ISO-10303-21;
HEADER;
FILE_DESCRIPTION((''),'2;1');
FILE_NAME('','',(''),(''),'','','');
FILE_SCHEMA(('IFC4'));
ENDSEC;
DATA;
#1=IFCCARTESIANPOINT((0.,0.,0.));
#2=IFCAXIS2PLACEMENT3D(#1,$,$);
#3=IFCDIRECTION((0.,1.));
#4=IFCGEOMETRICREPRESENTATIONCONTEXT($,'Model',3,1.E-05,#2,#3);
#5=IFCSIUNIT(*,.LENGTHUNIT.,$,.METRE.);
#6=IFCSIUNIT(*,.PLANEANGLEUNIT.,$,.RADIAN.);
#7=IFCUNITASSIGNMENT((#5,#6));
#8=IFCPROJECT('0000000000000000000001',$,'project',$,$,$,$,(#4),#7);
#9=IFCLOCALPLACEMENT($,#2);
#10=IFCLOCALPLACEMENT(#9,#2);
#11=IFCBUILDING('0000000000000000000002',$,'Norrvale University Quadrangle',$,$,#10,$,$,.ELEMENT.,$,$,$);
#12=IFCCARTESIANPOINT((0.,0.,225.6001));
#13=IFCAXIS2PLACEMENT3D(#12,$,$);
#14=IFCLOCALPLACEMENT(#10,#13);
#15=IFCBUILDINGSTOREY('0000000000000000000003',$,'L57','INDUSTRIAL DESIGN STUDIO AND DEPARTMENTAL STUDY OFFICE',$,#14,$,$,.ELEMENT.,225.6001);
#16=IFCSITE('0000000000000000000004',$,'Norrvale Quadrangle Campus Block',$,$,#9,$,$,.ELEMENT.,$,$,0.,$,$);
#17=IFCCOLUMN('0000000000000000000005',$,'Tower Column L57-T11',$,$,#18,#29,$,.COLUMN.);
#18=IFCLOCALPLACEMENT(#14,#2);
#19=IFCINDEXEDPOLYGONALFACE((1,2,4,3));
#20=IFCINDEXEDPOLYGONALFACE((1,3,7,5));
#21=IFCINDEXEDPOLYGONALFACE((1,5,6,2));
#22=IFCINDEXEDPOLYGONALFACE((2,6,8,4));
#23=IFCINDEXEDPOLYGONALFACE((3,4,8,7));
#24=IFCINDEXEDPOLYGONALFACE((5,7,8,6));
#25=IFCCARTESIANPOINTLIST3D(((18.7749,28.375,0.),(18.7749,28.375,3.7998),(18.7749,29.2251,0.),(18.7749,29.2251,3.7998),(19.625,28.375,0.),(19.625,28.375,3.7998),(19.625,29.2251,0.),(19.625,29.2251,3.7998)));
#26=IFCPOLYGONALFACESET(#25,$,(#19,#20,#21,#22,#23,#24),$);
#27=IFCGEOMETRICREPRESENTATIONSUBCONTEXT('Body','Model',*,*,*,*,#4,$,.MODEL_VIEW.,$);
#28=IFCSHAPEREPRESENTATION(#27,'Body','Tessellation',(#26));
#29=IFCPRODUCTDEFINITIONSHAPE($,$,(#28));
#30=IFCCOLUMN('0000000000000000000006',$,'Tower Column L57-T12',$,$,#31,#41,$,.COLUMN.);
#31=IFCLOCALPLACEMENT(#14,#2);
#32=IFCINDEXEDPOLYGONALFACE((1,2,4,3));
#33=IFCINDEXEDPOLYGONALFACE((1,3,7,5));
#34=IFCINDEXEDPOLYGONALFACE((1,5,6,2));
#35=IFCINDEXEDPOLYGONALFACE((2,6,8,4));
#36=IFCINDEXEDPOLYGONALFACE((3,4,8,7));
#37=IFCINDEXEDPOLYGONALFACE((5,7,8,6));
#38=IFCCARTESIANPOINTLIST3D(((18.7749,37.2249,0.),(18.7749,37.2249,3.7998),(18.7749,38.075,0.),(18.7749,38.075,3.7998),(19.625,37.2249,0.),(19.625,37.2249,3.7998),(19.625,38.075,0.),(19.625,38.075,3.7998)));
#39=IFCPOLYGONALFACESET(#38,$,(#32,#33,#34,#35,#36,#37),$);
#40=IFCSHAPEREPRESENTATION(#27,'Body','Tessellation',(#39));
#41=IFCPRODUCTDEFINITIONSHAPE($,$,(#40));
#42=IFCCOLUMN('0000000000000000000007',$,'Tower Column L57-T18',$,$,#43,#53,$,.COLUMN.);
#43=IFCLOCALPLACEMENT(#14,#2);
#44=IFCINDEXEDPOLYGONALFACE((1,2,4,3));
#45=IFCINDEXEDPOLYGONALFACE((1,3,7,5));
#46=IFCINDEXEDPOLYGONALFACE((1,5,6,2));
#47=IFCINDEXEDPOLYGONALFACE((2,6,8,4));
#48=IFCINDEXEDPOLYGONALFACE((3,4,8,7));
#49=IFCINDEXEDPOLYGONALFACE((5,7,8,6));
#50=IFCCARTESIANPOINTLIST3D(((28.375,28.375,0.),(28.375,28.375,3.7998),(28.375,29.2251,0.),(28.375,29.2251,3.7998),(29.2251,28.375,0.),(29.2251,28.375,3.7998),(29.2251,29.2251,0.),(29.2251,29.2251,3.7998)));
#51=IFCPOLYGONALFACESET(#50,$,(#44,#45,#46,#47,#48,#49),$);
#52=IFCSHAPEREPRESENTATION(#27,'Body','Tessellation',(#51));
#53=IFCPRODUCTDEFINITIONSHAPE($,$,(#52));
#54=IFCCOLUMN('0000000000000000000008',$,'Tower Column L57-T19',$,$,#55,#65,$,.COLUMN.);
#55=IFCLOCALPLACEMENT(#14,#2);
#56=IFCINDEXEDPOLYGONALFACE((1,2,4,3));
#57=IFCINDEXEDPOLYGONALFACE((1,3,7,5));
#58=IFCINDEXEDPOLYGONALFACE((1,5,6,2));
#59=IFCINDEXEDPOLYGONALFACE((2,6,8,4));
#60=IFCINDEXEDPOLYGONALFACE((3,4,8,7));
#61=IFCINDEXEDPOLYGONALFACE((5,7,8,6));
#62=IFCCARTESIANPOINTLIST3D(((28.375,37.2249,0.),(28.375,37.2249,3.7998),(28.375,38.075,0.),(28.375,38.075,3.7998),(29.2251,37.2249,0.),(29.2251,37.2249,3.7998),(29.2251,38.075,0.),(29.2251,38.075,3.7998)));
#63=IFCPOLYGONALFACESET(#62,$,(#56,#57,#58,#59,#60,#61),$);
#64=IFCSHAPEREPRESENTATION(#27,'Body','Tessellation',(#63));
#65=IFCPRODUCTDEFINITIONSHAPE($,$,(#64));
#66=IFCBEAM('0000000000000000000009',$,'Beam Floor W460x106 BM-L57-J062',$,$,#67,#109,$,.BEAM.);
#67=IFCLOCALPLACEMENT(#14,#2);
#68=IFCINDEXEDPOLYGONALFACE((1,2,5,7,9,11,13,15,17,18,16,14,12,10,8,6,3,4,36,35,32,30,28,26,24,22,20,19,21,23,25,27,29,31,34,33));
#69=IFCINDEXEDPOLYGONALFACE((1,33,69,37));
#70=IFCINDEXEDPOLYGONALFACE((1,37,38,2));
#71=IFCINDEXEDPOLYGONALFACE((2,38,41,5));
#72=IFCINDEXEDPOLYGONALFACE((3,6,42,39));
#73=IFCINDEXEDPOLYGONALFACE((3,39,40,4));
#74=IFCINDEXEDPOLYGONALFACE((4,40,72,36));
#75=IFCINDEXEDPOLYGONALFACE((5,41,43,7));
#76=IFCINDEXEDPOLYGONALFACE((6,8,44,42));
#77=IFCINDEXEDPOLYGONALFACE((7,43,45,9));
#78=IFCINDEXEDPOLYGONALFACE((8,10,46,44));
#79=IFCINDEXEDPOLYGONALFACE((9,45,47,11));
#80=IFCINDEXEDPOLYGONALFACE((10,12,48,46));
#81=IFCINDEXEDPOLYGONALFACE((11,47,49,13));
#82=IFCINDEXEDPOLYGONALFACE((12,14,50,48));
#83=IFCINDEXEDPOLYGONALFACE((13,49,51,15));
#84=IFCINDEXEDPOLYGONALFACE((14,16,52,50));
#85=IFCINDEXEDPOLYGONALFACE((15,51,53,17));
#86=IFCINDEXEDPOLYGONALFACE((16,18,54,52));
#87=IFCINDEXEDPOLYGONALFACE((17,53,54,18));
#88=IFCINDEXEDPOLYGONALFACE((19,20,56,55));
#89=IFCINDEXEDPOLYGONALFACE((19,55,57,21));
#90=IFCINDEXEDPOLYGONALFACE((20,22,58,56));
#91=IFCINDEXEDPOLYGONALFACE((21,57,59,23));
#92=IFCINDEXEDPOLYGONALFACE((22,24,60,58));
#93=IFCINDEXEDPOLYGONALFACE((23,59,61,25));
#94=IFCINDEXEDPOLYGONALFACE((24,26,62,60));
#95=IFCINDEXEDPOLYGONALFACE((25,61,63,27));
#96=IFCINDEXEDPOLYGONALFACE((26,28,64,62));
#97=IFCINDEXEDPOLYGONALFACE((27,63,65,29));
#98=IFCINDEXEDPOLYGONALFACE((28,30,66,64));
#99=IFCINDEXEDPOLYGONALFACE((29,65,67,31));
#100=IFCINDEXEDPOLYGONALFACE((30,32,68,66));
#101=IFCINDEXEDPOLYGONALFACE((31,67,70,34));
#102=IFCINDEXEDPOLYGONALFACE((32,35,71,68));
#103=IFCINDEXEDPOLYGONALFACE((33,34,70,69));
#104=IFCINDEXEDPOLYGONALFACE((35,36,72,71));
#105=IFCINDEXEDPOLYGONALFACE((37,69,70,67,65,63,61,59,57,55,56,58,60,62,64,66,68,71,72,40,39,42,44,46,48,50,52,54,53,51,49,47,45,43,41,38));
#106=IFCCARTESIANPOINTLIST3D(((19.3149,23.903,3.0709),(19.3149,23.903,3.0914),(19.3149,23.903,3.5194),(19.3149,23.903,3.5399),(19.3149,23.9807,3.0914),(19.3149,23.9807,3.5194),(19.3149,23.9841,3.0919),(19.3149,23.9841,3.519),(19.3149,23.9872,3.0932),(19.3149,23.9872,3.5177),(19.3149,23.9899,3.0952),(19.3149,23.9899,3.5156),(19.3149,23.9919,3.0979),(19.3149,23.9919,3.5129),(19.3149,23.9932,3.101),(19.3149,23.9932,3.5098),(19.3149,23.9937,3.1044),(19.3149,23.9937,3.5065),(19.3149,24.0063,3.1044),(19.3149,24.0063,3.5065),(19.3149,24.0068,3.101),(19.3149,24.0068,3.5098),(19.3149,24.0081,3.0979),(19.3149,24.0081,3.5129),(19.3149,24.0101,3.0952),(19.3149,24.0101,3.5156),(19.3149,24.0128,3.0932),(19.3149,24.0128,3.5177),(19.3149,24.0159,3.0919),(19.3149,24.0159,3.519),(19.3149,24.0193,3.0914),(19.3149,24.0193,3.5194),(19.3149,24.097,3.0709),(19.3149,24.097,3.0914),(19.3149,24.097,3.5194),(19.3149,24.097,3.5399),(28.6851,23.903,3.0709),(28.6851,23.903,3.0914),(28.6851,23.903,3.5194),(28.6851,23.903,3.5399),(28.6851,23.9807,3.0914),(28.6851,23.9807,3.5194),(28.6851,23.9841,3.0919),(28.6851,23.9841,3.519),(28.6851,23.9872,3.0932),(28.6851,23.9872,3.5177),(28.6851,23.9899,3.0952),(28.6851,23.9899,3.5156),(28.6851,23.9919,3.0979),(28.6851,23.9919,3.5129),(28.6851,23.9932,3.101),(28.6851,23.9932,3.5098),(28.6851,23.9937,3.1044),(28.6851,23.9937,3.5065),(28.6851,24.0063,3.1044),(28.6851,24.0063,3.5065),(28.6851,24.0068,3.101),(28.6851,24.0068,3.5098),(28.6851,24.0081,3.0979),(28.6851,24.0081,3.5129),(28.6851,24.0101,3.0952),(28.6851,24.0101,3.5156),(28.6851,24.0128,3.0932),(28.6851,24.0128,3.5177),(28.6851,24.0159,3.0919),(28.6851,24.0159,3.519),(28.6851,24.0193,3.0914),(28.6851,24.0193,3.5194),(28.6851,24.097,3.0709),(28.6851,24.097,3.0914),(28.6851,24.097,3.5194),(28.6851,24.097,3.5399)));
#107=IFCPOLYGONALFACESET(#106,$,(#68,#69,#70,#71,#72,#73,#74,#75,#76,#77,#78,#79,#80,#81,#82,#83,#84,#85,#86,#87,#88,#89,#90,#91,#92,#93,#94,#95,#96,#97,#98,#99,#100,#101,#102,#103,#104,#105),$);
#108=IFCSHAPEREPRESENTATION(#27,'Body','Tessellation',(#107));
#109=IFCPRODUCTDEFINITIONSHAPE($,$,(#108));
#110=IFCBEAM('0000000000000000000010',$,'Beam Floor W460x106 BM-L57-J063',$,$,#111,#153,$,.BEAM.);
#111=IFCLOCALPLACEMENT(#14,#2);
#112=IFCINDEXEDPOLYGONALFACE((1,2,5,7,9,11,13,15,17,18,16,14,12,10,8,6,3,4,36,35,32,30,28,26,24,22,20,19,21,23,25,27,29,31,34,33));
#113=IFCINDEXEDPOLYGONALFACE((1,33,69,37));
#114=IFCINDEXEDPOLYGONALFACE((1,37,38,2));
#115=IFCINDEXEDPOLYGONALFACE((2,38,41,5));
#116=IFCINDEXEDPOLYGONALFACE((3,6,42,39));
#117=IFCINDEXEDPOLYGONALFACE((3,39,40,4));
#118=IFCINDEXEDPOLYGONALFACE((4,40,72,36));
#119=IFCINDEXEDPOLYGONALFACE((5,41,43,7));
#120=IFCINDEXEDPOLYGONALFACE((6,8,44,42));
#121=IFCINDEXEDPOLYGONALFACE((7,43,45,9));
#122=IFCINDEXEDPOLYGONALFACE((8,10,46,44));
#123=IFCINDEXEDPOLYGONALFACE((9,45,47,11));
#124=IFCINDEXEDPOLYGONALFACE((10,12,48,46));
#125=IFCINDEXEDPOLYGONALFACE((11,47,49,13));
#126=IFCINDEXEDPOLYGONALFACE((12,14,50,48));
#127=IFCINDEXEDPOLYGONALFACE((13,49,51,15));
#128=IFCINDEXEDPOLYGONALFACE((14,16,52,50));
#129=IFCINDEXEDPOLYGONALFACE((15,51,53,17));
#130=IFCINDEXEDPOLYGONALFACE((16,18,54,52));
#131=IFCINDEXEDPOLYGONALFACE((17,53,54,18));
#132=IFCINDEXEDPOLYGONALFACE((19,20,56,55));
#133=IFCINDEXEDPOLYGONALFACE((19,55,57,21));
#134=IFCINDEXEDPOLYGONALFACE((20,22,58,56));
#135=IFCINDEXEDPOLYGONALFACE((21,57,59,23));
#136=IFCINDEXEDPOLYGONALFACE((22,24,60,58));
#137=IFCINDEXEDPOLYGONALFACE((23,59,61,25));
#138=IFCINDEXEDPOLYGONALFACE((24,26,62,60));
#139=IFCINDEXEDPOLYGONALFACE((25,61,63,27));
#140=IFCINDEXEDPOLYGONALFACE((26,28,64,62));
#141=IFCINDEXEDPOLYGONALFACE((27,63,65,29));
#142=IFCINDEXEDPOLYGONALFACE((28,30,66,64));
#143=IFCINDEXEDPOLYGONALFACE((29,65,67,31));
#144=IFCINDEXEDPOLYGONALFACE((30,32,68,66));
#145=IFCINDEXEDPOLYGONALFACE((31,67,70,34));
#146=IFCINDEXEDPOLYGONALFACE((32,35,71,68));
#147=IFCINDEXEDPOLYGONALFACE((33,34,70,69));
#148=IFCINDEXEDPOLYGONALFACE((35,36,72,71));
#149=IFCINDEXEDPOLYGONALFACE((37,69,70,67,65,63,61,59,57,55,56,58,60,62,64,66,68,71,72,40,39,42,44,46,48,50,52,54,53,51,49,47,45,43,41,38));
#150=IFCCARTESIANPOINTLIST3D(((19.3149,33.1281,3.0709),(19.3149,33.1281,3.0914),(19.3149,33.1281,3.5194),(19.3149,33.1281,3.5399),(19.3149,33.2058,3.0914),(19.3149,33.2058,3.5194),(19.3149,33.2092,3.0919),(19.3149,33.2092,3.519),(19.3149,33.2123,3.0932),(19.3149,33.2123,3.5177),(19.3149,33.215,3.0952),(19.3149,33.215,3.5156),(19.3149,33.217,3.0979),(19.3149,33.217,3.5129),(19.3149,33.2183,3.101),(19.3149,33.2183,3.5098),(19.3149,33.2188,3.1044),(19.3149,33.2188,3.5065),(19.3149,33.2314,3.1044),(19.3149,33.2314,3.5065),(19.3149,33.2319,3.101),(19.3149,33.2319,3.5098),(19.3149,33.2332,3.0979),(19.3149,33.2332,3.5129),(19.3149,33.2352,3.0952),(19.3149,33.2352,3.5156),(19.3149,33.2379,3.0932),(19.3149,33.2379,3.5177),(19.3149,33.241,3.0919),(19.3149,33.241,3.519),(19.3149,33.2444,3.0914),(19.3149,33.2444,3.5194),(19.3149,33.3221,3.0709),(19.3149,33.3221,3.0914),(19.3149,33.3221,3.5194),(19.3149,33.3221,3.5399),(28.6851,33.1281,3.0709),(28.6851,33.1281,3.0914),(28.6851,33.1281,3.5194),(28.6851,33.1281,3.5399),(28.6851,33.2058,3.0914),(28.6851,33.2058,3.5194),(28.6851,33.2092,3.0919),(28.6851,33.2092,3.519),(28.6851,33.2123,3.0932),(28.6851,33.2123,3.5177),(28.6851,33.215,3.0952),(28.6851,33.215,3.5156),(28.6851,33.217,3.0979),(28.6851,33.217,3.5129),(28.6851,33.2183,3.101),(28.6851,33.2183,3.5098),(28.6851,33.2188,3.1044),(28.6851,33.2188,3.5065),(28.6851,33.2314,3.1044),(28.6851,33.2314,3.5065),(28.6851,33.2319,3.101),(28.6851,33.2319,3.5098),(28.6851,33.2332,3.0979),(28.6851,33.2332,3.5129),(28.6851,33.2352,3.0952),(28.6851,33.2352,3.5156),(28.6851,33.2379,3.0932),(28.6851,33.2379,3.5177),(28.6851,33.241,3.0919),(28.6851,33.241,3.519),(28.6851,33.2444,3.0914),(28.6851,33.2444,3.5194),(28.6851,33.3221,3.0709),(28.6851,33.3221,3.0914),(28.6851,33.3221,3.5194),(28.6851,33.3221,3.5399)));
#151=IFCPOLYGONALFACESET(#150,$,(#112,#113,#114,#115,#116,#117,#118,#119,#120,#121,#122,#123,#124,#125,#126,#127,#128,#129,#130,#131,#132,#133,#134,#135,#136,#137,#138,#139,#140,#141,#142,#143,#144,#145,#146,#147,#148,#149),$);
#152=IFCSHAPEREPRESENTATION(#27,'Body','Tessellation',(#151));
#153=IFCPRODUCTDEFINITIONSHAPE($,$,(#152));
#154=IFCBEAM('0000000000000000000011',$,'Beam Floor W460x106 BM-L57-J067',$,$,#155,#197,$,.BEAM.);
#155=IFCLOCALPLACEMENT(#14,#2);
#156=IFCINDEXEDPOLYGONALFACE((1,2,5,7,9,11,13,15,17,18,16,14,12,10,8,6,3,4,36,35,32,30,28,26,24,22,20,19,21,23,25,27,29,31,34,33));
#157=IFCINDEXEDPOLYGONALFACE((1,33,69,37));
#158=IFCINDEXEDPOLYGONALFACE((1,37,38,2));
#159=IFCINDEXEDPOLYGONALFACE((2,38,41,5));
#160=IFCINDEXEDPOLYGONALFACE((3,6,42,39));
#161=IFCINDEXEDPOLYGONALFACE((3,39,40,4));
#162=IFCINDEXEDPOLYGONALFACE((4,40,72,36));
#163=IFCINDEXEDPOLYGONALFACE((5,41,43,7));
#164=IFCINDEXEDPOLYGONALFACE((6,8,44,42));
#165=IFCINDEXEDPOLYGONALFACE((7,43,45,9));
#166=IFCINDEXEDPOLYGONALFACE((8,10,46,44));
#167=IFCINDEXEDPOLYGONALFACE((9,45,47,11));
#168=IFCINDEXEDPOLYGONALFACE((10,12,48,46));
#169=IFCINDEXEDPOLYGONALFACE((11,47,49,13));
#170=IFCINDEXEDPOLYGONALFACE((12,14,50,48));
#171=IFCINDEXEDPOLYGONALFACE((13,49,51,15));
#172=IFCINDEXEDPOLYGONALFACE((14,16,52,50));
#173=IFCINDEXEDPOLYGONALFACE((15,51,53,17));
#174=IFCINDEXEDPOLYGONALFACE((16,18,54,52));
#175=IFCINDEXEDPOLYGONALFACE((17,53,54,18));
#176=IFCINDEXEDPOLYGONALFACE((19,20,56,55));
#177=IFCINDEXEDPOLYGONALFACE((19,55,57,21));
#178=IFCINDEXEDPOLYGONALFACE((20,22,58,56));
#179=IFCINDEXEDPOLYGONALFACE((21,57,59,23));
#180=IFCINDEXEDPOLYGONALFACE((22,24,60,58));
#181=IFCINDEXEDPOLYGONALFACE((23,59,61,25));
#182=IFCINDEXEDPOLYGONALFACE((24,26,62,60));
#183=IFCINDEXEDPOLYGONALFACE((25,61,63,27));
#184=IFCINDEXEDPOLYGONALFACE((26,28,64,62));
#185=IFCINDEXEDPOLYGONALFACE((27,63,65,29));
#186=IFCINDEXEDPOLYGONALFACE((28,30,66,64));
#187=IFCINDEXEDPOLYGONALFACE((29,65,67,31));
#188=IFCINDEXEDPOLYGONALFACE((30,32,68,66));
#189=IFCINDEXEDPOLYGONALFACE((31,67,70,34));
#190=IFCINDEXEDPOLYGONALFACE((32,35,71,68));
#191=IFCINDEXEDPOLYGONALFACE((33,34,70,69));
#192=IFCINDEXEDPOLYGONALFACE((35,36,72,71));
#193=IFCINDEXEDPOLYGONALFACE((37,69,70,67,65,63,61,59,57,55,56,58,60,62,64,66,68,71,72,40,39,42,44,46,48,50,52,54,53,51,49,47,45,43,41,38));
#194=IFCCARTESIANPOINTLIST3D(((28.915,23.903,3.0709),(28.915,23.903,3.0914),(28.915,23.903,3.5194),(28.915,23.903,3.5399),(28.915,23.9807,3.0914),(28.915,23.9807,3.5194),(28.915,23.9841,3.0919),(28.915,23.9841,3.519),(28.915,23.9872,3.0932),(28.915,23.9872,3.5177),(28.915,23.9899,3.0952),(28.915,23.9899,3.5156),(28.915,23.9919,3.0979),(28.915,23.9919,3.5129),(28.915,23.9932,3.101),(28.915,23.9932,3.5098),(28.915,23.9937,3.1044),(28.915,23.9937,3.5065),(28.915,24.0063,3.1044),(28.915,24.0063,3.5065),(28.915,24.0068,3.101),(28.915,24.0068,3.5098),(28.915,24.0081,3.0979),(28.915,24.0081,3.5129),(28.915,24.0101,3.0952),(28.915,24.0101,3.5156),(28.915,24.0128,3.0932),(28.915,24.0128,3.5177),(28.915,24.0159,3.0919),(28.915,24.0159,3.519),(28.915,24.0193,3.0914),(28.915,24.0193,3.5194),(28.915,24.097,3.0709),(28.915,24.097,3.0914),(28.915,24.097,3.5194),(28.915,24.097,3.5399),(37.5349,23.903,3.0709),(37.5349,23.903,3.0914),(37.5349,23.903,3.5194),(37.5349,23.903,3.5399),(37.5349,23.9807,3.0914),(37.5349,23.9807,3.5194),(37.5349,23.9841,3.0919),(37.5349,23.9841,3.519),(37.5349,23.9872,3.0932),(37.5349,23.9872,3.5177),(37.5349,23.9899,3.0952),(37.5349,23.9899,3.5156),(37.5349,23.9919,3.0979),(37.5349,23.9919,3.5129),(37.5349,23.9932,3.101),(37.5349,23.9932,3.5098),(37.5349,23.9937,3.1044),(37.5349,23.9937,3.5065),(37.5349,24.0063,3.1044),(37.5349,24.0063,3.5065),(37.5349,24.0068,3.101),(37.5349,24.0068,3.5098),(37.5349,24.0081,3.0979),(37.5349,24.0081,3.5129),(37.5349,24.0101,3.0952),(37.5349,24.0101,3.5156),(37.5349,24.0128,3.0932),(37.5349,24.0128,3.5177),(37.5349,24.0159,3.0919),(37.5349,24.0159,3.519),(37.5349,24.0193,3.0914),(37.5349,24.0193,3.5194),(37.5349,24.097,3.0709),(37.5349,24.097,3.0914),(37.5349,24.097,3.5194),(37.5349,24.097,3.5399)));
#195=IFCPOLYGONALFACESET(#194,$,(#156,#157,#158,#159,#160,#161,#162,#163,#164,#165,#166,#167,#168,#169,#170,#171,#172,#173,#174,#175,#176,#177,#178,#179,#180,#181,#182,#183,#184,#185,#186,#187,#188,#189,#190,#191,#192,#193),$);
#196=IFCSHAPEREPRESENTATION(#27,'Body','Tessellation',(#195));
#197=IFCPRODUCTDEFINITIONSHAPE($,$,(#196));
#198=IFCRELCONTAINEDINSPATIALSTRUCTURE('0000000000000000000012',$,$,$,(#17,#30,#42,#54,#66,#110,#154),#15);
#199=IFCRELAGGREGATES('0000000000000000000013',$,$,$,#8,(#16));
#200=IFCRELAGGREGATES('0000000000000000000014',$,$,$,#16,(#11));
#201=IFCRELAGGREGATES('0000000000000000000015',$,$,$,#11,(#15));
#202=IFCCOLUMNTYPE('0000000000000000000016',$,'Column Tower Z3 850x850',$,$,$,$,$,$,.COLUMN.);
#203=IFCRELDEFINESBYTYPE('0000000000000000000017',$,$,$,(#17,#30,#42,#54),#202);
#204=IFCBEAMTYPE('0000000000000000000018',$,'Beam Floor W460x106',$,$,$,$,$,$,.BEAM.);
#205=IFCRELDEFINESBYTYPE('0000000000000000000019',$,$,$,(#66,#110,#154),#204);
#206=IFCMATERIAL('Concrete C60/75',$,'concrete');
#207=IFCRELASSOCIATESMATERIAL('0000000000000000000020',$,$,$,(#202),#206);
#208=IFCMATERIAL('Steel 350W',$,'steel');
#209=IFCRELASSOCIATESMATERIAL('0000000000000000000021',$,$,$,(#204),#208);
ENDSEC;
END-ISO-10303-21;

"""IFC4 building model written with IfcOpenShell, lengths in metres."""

from ifc_helpers import new_model, si_unit, direction, frame, origin, origin_2d, place, context, subcontext, project, spatial, rectangle, i_section, extrude, material, material_profile, profile_set, type_object, element, save


model = new_model("IFC4")

# Units and contexts
model_context = context("Model", 3, precision=1e-05, world=origin(), true_north=direction((0.0, 1.0)))
body_context = subcontext(model_context, "Body", "Model", "MODEL_VIEW")
ifc_project = project(units=[si_unit("LENGTHUNIT", "METRE"), si_unit("PLANEANGLEUNIT", "RADIAN")], contexts=[model_context])

# Site, building, storey
site_placement = place(None, origin())
site = spatial("IfcSite", under=ifc_project, at=site_placement, Name="Norrvale Quadrangle Campus Block", CompositionType="ELEMENT", RefElevation=0.0)
building_placement = place(site_placement, origin())
building = spatial("IfcBuilding", under=site, at=building_placement, Name="Norrvale University Quadrangle", CompositionType="ELEMENT")
storey_placement = place(building_placement, frame((0.0, 0.0, 225.6001)))
storey = spatial("IfcBuildingStorey", under=building, at=storey_placement, Name="L57", Description="INDUSTRIAL DESIGN STUDIO AND DEPARTMENTAL STUDY OFFICE", CompositionType="ELEMENT", Elevation=225.6001)

# Columns
ifc_material_1 = material(Name="Concrete C60/75", Category="concrete")
ifc_material_profile_1 = material_profile(ifc_material_1, rectangle(XDim=0.8501, YDim=0.8501, at=origin_2d()), Name="Concrete C60/75")
ifc_profile_set_1 = profile_set([ifc_material_profile_1], Name="Concrete C60/75")
column_type = type_object("IfcColumnType", Name="Column Tower Z3 850x850", PredefinedType="COLUMN", material=ifc_profile_set_1)
for number, where, z_axis, x_axis, name in (
    (1, (19.2, 28.8, 0.0), (0.0, 0.0, 1.0), (1.0, 0.0, 0.0), "Tower Column L57-T11"),
    (2, (19.2, 37.6499, 0.0), (0.0, 0.0, 1.0), (1.0, 0.0, 0.0), "Tower Column L57-T12"),
    (3, (28.8, 28.8, 0.0), (0.0, 0.0, 1.0), (1.0, 0.0, 0.0), "Tower Column L57-T18"),
    (4, (28.8, 37.6499, 0.0), (0.0, 0.0, 1.0), (1.0, 0.0, 0.0), "Tower Column L57-T19"),
):
    element("IfcColumn", number, at=place(storey_placement, frame(where, z_axis=z_axis, x_axis=x_axis)), inside=storey, type_object=column_type, Name=name, PredefinedType="COLUMN", context=body_context, shape_type="SweptSolid", body=[
        extrude(rectangle(XDim=0.8501, YDim=0.8501, at=origin_2d()), origin(), (0.0, 0.0, 1.0), 3.7998),
    ])

# Beams
ifc_material_2 = material(Name="Steel 350W", Category="steel")
ifc_material_profile_2 = material_profile(ifc_material_2, i_section(OverallWidth=0.1941, OverallDepth=0.469, WebThickness=0.0127, FlangeThickness=0.0205, FilletRadius=0.0129, at=origin_2d()), Name="Steel 350W")
ifc_profile_set_2 = profile_set([ifc_material_profile_2], Name="Steel 350W")
beam_type_1 = type_object("IfcBeamType", Name="Beam Floor W460x106", PredefinedType="BEAM", material=ifc_profile_set_2)
for number, where, z_axis, x_axis, name in (
    (5, (19.3149, 24.0, 3.3054), (1.0, 0.0, 0.0), (0.0, 1.0, 0.0), "Beam Floor W460x106 BM-L57-J062"),
    (6, (19.3149, 33.2251, 3.3054), (1.0, 0.0, 0.0), (0.0, 1.0, 0.0), "Beam Floor W460x106 BM-L57-J063"),
):
    element("IfcBeam", number, at=place(storey_placement, frame(where, z_axis=z_axis, x_axis=x_axis)), inside=storey, type_object=beam_type_1, Name=name, PredefinedType="BEAM", context=body_context, shape_type="SweptSolid", body=[
        extrude(i_section(OverallWidth=0.1941, OverallDepth=0.469, WebThickness=0.0127, FlangeThickness=0.0205, FilletRadius=0.0129, at=origin_2d()), origin(), (0.0, 0.0, 1.0), 9.3701),
    ])
beam_1_placement = place(storey_placement, frame((28.915, 24.0, 3.3054), z_axis=(1.0, 0.0, 0.0), x_axis=(0.0, 1.0, 0.0)))
element("IfcBeam", 7, at=beam_1_placement, inside=storey, type_object=beam_type_1, Name="Beam Floor W460x106 BM-L57-J067", PredefinedType="BEAM", context=body_context, shape_type="SweptSolid", body=[
    extrude(i_section(OverallWidth=0.1941, OverallDepth=0.469, WebThickness=0.0127, FlangeThickness=0.0205, FilletRadius=0.0129, at=origin_2d()), origin(), (0.0, 0.0, 1.0), 8.6199),
])

save(model, "model.ifc")
